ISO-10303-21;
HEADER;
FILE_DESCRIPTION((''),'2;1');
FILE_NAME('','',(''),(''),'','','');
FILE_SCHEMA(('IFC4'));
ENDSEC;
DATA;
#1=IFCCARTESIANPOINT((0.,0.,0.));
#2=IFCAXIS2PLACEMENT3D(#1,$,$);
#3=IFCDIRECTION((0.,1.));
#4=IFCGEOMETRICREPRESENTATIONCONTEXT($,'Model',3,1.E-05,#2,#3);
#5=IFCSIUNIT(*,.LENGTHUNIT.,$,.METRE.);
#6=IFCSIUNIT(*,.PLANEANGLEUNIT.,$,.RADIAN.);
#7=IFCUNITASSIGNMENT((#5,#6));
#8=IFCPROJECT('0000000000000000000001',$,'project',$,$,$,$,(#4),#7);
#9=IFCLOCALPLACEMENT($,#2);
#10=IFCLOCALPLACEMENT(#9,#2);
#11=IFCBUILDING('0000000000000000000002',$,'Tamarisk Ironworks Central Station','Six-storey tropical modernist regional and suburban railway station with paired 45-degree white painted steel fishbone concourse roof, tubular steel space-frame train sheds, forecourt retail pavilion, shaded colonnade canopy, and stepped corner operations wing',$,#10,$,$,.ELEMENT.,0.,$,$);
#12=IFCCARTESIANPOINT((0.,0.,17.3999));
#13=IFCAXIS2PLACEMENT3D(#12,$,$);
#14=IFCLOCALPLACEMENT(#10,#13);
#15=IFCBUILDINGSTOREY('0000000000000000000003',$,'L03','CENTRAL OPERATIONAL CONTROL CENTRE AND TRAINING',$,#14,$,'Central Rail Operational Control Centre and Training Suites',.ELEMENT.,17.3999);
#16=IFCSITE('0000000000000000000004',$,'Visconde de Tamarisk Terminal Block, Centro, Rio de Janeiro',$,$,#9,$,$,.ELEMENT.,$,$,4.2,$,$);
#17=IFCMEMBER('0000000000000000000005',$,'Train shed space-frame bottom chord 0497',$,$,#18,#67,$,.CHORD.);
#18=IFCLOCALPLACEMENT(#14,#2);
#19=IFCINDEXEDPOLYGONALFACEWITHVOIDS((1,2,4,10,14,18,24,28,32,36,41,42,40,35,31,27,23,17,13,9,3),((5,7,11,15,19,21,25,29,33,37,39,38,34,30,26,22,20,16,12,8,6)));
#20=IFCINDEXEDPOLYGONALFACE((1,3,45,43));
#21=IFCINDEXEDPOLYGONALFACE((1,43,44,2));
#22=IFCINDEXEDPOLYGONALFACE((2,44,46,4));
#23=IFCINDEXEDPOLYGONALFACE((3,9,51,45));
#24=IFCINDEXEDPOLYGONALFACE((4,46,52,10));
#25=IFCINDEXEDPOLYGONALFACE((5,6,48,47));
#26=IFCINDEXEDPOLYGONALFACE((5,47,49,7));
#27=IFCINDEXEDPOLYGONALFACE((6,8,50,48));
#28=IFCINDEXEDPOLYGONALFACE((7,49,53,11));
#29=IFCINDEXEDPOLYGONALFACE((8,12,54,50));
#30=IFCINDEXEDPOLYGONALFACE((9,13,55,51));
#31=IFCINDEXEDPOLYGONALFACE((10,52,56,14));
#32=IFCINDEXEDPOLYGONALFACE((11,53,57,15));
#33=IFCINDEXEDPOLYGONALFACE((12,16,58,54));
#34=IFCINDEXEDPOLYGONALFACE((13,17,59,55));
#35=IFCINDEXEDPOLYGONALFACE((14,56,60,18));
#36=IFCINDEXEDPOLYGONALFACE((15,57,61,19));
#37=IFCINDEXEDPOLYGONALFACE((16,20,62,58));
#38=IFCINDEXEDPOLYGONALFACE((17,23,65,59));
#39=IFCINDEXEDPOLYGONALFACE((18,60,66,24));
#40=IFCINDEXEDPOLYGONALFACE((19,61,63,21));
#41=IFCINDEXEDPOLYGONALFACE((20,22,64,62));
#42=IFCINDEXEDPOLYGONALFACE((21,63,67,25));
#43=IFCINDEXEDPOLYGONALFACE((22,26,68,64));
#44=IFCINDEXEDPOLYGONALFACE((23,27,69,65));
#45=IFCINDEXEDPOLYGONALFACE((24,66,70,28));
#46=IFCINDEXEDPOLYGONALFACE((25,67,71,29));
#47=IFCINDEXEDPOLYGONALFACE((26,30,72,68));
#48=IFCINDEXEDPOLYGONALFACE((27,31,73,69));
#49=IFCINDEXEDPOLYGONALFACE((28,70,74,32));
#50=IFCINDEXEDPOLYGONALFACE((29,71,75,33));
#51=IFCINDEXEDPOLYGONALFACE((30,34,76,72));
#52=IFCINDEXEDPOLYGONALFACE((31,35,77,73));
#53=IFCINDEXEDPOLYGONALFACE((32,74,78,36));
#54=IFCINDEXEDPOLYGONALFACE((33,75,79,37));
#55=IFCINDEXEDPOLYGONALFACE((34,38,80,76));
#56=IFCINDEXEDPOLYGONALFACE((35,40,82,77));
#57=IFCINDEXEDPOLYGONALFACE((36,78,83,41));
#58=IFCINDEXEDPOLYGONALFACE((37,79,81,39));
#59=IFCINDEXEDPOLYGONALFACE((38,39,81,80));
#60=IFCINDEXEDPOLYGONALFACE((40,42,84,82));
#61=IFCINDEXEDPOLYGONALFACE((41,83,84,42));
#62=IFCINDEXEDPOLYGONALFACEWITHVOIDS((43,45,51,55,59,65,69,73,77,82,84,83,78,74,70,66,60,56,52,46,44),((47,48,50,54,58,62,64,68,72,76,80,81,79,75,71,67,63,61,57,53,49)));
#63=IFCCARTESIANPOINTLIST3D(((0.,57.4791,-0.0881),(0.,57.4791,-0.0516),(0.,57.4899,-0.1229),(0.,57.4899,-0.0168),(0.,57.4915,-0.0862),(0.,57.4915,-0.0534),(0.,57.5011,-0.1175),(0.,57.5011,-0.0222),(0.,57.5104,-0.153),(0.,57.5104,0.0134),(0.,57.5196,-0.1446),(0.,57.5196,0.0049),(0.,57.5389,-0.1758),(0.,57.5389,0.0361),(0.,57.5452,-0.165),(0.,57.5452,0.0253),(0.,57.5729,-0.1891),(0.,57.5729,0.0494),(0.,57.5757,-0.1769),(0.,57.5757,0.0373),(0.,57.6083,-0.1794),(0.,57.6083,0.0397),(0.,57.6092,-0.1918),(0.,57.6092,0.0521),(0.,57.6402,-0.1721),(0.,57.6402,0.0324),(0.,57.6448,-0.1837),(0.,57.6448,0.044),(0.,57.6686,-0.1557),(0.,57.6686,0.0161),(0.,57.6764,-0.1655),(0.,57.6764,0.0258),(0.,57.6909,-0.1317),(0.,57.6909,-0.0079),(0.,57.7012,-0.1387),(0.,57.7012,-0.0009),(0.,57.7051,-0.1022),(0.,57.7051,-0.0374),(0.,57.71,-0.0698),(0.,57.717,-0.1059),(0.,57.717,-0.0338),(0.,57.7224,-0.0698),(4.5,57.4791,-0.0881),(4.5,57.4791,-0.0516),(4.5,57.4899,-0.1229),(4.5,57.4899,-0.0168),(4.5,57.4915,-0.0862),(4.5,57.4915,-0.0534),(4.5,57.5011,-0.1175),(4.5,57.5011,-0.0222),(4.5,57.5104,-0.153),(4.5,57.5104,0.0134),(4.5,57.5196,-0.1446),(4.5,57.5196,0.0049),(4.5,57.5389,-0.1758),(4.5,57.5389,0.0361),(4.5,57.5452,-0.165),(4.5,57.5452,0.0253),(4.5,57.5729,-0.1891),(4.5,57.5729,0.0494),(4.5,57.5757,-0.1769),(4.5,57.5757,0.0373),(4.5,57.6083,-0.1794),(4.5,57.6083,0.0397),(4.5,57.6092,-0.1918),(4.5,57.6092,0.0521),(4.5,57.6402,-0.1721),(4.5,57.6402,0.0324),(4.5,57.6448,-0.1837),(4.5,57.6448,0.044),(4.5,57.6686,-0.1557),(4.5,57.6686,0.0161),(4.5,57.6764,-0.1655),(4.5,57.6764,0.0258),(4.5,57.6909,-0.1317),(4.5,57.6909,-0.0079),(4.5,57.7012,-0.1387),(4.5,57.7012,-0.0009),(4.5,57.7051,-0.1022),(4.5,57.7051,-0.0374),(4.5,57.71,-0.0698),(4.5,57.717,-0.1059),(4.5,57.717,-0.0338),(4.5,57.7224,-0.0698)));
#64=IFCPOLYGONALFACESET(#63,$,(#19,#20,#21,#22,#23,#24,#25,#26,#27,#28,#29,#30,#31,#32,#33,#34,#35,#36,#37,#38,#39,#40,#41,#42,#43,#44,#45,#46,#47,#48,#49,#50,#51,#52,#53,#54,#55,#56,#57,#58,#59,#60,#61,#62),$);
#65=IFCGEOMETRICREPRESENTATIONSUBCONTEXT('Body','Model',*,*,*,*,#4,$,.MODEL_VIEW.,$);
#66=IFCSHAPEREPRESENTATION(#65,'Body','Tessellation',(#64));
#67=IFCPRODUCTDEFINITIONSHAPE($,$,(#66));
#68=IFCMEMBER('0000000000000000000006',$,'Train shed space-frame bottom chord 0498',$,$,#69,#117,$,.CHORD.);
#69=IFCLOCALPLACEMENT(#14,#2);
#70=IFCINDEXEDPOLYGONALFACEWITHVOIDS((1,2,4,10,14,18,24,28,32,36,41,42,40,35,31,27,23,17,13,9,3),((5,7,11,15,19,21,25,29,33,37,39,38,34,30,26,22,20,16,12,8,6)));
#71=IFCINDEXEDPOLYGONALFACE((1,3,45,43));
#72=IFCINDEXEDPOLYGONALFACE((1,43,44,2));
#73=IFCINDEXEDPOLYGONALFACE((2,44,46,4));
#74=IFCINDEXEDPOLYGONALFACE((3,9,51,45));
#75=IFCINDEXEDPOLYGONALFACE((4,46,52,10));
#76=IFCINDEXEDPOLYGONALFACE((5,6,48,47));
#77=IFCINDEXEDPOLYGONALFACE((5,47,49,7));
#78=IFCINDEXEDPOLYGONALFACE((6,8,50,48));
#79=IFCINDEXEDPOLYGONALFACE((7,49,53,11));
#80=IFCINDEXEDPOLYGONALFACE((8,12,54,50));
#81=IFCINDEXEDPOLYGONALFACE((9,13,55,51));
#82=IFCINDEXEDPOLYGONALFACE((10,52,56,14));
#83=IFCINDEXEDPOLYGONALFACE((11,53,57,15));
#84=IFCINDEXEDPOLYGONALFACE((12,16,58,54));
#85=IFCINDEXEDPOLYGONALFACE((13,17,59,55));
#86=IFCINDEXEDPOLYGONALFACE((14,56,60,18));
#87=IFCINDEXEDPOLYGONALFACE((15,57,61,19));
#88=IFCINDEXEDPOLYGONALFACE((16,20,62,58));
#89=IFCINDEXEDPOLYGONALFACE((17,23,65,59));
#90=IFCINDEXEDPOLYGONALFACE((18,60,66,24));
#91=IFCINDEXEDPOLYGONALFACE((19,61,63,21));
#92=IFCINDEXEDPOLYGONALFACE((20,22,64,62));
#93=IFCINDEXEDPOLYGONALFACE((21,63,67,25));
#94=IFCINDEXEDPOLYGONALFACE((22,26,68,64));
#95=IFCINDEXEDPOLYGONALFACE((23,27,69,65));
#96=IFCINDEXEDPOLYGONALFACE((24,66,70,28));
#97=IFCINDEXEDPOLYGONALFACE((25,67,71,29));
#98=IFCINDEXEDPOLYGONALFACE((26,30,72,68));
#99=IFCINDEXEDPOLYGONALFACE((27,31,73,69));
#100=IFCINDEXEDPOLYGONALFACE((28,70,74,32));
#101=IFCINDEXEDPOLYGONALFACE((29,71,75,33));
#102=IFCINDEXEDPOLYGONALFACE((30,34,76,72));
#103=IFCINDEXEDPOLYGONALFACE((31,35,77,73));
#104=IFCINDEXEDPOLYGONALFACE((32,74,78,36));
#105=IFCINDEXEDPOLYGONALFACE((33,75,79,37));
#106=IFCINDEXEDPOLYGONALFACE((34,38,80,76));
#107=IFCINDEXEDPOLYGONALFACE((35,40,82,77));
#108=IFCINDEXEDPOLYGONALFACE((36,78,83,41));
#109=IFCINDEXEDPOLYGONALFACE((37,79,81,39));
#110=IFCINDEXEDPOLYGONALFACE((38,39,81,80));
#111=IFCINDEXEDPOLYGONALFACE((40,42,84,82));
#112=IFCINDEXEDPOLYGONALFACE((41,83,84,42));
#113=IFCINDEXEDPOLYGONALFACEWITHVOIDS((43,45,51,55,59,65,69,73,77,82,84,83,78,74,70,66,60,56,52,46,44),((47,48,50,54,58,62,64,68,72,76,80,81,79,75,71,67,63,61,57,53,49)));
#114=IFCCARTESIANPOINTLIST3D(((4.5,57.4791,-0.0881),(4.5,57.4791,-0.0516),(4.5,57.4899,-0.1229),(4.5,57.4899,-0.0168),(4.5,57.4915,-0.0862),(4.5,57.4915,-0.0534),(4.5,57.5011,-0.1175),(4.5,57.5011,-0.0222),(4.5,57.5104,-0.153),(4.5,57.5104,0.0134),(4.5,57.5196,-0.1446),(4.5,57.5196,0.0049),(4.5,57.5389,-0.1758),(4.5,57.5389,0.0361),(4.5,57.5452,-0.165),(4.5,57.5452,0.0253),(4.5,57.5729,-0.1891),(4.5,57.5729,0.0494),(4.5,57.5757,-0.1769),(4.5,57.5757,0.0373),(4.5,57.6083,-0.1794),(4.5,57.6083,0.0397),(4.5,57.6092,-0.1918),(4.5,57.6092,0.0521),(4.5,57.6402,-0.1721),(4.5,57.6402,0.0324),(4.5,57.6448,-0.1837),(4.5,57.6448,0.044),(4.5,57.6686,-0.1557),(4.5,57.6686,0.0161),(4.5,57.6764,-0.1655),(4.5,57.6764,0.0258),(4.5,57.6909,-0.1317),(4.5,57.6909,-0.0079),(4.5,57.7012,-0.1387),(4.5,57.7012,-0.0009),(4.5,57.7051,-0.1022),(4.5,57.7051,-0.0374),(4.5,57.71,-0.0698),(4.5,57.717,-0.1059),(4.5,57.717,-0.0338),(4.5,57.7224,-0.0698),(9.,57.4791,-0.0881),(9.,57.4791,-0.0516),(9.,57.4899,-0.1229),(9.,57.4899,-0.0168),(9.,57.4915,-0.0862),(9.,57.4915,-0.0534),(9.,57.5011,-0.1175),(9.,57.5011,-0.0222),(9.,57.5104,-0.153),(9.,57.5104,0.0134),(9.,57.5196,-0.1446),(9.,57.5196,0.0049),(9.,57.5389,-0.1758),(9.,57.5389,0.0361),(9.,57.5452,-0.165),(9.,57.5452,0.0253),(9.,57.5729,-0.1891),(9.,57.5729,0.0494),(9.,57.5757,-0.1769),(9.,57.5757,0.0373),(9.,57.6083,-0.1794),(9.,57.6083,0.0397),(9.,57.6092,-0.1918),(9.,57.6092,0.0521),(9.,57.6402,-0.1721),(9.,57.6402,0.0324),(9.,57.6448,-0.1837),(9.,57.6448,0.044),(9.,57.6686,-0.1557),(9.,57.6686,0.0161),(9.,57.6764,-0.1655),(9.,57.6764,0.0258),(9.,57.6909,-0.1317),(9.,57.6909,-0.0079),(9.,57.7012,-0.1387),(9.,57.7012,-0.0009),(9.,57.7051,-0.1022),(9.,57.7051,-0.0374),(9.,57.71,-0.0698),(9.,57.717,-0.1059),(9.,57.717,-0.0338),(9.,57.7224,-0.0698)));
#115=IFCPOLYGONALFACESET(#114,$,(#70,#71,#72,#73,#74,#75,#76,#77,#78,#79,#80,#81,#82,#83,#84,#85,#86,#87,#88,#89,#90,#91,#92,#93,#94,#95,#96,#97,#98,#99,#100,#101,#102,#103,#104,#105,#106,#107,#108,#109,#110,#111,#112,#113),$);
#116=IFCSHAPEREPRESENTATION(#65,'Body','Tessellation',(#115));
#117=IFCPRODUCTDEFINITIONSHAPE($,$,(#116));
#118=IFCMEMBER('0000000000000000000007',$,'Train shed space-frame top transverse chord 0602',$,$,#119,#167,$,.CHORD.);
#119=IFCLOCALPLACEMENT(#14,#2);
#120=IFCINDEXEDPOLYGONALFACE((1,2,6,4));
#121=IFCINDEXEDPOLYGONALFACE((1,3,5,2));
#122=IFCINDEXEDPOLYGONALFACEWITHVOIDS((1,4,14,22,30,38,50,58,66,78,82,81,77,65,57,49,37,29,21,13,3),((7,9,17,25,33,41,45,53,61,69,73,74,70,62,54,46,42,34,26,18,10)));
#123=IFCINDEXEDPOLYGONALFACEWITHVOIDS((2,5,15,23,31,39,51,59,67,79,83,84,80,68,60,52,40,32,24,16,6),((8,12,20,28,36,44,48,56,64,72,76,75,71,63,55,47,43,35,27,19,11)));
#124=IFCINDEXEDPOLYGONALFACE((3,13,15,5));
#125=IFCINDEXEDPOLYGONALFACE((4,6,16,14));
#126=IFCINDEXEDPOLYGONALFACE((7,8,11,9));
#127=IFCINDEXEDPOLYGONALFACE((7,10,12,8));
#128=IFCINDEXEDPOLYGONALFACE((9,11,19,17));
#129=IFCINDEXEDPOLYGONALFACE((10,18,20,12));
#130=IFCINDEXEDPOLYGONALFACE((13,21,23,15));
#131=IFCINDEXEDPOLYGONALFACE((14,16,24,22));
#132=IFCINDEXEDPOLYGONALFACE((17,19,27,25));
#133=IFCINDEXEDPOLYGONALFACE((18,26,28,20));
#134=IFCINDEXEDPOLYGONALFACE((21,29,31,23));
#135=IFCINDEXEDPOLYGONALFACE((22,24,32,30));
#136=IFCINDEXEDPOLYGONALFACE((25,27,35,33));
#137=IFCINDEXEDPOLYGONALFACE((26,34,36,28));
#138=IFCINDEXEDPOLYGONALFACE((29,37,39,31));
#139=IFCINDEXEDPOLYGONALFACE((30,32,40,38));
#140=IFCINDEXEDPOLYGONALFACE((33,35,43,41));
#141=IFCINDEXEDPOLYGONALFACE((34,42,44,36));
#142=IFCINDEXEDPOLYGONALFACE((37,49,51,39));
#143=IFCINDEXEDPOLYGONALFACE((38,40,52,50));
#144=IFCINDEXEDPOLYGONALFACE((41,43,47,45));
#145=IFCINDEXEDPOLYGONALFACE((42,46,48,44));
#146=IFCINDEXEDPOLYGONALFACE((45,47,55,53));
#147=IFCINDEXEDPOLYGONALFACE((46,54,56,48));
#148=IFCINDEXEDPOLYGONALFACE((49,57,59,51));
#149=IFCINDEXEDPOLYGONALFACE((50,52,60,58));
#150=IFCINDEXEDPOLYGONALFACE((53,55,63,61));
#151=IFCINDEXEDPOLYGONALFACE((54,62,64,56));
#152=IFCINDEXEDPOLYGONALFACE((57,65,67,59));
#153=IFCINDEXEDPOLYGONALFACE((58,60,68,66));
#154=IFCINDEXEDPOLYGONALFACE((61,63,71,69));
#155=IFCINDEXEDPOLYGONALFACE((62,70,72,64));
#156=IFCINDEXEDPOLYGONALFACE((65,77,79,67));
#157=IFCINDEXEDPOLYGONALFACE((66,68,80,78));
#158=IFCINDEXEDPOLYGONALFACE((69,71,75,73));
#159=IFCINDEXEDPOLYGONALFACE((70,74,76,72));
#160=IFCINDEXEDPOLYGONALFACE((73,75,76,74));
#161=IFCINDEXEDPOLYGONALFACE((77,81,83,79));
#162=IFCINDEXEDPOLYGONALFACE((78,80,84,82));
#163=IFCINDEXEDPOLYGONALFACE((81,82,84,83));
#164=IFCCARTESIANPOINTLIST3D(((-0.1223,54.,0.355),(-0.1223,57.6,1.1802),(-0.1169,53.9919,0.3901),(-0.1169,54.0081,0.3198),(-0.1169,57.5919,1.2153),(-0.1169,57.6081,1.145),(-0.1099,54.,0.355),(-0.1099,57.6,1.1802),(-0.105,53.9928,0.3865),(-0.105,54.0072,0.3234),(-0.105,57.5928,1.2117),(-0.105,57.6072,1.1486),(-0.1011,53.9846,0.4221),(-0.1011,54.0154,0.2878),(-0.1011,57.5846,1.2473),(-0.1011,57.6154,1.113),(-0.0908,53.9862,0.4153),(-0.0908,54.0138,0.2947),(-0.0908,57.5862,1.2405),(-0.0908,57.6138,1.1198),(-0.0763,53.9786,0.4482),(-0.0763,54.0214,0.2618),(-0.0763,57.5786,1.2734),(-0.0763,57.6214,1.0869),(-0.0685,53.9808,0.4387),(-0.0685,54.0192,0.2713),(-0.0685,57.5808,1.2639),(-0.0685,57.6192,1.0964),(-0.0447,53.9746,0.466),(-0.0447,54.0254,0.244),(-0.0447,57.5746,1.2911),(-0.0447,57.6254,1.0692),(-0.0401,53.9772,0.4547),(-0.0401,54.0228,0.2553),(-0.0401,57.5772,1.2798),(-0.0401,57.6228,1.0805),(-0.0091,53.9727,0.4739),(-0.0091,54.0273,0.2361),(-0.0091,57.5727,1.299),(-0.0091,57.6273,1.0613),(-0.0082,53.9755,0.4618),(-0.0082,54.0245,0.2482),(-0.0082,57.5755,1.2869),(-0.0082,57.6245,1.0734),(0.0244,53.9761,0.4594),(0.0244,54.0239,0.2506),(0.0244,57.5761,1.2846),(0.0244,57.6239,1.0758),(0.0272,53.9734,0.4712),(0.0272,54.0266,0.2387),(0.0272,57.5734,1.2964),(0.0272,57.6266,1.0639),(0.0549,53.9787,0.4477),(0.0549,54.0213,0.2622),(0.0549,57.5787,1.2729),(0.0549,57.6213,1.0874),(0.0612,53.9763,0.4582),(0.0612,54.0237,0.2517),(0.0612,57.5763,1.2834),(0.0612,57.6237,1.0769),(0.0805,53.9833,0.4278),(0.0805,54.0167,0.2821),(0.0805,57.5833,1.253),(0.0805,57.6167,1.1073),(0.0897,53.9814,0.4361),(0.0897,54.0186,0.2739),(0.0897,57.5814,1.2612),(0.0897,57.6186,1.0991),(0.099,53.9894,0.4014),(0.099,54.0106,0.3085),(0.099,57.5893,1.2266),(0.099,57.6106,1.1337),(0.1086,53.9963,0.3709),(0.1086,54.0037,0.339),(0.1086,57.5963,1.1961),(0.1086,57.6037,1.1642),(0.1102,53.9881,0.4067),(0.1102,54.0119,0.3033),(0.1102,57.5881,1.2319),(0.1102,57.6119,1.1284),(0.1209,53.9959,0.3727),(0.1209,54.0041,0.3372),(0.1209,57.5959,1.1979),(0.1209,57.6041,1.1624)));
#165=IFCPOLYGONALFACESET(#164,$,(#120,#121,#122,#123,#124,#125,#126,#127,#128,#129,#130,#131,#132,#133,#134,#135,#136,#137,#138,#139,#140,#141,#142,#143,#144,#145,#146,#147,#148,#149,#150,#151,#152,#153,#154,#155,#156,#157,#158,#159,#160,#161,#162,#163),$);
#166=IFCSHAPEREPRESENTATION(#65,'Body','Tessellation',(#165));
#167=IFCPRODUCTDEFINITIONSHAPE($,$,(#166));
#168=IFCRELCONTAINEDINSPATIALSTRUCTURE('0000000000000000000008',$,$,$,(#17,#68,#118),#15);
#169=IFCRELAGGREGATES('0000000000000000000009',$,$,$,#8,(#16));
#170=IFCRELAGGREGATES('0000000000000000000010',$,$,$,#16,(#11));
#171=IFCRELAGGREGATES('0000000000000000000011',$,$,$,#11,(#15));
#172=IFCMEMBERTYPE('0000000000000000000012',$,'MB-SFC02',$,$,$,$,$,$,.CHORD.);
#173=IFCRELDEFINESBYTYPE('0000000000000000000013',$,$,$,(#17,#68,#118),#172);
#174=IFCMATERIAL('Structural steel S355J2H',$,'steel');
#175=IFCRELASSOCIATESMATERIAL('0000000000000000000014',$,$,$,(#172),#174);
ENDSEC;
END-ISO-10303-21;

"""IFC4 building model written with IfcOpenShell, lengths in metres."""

from ifc_helpers import new_model, si_unit, direction, frame, origin, origin_2d, place, context, subcontext, project, spatial, hollow_circle, extrude, material, material_profile, profile_set, type_object, element, save


model = new_model("IFC4")

# Units and contexts
model_context = context("Model", 3, precision=1e-05, world=origin(), true_north=direction((0.0, 1.0)))
body_context = subcontext(model_context, "Body", "Model", "MODEL_VIEW")
ifc_project = project(units=[si_unit("LENGTHUNIT", "METRE"), si_unit("PLANEANGLEUNIT", "RADIAN")], contexts=[model_context])

# Site, building, storey
site_placement = place(None, origin())
site = spatial("IfcSite", under=ifc_project, at=site_placement, Name="Visconde de Tamarisk Terminal Block, Centro, Rio de Janeiro", CompositionType="ELEMENT", RefElevation=4.2)
building_placement = place(site_placement, origin())
building = spatial("IfcBuilding", under=site, at=building_placement, Name="Tamarisk Ironworks Central Station", Description="Six-storey tropical modernist regional and suburban railway station with paired 45-degree white painted steel fishbone concourse roof, tubular steel space-frame train sheds, forecourt retail pavilion, shaded colonnade canopy, and stepped corner operations wing", CompositionType="ELEMENT", ElevationOfRefHeight=0.0)
storey_placement = place(building_placement, frame((0.0, 0.0, 17.3999)))
storey = spatial("IfcBuildingStorey", under=building, at=storey_placement, Name="L03", Description="CENTRAL OPERATIONAL CONTROL CENTRE AND TRAINING", LongName="Central Rail Operational Control Centre and Training Suites", CompositionType="ELEMENT", Elevation=17.3999)

# Members
ifc_material_1 = material(Name="Structural steel S355J2H", Category="steel")
ifc_material_profile_1 = material_profile(ifc_material_1, hollow_circle(Radius=0.1223, WallThickness=0.0125, at=origin_2d()), Name="CHS 244.5x12.5")
ifc_profile_set_1 = profile_set([ifc_material_profile_1], Name="Structural steel S355J2H")
member_type_1 = type_object("IfcMemberType", Name="MB-SFC02", PredefinedType="CHORD", material=ifc_profile_set_1)
for number, where, z_axis, x_axis, name in (
    (1, (0.0, 57.6001, -0.0698), (1.0, 0.0, 0.0), (0.0, 1.0, 0.0), "Train shed space-frame bottom chord 0497"),
    (2, (4.5, 57.6001, -0.0698), (1.0, 0.0, 0.0), (0.0, 1.0, 0.0), "Train shed space-frame bottom chord 0498"),
):
    element("IfcMember", number, at=place(storey_placement, frame(where, z_axis=z_axis, x_axis=x_axis)), inside=storey, type_object=member_type_1, Name=name, PredefinedType="CHORD", context=body_context, shape_type="SweptSolid", body=[
        extrude(hollow_circle(Radius=0.1223, WallThickness=0.0125, at=origin_2d()), origin(), (0.0, 0.0, 1.0), 4.5),
    ])
member_1_placement = place(storey_placement, frame((0.0, 54.0, 0.355), z_axis=(0.0, 0.974722, 0.223421), x_axis=(-1.0, 0.0, 0.0)))
element("IfcMember", 3, at=member_1_placement, inside=storey, type_object=member_type_1, Name="Train shed space-frame top transverse chord 0602", PredefinedType="CHORD", context=body_context, shape_type="SweptSolid", body=[
    extrude(hollow_circle(Radius=0.1223, WallThickness=0.0125, at=origin_2d()), origin(), (0.0, 0.0, 1.0), 3.6934),
])

save(model, "model.ifc")
